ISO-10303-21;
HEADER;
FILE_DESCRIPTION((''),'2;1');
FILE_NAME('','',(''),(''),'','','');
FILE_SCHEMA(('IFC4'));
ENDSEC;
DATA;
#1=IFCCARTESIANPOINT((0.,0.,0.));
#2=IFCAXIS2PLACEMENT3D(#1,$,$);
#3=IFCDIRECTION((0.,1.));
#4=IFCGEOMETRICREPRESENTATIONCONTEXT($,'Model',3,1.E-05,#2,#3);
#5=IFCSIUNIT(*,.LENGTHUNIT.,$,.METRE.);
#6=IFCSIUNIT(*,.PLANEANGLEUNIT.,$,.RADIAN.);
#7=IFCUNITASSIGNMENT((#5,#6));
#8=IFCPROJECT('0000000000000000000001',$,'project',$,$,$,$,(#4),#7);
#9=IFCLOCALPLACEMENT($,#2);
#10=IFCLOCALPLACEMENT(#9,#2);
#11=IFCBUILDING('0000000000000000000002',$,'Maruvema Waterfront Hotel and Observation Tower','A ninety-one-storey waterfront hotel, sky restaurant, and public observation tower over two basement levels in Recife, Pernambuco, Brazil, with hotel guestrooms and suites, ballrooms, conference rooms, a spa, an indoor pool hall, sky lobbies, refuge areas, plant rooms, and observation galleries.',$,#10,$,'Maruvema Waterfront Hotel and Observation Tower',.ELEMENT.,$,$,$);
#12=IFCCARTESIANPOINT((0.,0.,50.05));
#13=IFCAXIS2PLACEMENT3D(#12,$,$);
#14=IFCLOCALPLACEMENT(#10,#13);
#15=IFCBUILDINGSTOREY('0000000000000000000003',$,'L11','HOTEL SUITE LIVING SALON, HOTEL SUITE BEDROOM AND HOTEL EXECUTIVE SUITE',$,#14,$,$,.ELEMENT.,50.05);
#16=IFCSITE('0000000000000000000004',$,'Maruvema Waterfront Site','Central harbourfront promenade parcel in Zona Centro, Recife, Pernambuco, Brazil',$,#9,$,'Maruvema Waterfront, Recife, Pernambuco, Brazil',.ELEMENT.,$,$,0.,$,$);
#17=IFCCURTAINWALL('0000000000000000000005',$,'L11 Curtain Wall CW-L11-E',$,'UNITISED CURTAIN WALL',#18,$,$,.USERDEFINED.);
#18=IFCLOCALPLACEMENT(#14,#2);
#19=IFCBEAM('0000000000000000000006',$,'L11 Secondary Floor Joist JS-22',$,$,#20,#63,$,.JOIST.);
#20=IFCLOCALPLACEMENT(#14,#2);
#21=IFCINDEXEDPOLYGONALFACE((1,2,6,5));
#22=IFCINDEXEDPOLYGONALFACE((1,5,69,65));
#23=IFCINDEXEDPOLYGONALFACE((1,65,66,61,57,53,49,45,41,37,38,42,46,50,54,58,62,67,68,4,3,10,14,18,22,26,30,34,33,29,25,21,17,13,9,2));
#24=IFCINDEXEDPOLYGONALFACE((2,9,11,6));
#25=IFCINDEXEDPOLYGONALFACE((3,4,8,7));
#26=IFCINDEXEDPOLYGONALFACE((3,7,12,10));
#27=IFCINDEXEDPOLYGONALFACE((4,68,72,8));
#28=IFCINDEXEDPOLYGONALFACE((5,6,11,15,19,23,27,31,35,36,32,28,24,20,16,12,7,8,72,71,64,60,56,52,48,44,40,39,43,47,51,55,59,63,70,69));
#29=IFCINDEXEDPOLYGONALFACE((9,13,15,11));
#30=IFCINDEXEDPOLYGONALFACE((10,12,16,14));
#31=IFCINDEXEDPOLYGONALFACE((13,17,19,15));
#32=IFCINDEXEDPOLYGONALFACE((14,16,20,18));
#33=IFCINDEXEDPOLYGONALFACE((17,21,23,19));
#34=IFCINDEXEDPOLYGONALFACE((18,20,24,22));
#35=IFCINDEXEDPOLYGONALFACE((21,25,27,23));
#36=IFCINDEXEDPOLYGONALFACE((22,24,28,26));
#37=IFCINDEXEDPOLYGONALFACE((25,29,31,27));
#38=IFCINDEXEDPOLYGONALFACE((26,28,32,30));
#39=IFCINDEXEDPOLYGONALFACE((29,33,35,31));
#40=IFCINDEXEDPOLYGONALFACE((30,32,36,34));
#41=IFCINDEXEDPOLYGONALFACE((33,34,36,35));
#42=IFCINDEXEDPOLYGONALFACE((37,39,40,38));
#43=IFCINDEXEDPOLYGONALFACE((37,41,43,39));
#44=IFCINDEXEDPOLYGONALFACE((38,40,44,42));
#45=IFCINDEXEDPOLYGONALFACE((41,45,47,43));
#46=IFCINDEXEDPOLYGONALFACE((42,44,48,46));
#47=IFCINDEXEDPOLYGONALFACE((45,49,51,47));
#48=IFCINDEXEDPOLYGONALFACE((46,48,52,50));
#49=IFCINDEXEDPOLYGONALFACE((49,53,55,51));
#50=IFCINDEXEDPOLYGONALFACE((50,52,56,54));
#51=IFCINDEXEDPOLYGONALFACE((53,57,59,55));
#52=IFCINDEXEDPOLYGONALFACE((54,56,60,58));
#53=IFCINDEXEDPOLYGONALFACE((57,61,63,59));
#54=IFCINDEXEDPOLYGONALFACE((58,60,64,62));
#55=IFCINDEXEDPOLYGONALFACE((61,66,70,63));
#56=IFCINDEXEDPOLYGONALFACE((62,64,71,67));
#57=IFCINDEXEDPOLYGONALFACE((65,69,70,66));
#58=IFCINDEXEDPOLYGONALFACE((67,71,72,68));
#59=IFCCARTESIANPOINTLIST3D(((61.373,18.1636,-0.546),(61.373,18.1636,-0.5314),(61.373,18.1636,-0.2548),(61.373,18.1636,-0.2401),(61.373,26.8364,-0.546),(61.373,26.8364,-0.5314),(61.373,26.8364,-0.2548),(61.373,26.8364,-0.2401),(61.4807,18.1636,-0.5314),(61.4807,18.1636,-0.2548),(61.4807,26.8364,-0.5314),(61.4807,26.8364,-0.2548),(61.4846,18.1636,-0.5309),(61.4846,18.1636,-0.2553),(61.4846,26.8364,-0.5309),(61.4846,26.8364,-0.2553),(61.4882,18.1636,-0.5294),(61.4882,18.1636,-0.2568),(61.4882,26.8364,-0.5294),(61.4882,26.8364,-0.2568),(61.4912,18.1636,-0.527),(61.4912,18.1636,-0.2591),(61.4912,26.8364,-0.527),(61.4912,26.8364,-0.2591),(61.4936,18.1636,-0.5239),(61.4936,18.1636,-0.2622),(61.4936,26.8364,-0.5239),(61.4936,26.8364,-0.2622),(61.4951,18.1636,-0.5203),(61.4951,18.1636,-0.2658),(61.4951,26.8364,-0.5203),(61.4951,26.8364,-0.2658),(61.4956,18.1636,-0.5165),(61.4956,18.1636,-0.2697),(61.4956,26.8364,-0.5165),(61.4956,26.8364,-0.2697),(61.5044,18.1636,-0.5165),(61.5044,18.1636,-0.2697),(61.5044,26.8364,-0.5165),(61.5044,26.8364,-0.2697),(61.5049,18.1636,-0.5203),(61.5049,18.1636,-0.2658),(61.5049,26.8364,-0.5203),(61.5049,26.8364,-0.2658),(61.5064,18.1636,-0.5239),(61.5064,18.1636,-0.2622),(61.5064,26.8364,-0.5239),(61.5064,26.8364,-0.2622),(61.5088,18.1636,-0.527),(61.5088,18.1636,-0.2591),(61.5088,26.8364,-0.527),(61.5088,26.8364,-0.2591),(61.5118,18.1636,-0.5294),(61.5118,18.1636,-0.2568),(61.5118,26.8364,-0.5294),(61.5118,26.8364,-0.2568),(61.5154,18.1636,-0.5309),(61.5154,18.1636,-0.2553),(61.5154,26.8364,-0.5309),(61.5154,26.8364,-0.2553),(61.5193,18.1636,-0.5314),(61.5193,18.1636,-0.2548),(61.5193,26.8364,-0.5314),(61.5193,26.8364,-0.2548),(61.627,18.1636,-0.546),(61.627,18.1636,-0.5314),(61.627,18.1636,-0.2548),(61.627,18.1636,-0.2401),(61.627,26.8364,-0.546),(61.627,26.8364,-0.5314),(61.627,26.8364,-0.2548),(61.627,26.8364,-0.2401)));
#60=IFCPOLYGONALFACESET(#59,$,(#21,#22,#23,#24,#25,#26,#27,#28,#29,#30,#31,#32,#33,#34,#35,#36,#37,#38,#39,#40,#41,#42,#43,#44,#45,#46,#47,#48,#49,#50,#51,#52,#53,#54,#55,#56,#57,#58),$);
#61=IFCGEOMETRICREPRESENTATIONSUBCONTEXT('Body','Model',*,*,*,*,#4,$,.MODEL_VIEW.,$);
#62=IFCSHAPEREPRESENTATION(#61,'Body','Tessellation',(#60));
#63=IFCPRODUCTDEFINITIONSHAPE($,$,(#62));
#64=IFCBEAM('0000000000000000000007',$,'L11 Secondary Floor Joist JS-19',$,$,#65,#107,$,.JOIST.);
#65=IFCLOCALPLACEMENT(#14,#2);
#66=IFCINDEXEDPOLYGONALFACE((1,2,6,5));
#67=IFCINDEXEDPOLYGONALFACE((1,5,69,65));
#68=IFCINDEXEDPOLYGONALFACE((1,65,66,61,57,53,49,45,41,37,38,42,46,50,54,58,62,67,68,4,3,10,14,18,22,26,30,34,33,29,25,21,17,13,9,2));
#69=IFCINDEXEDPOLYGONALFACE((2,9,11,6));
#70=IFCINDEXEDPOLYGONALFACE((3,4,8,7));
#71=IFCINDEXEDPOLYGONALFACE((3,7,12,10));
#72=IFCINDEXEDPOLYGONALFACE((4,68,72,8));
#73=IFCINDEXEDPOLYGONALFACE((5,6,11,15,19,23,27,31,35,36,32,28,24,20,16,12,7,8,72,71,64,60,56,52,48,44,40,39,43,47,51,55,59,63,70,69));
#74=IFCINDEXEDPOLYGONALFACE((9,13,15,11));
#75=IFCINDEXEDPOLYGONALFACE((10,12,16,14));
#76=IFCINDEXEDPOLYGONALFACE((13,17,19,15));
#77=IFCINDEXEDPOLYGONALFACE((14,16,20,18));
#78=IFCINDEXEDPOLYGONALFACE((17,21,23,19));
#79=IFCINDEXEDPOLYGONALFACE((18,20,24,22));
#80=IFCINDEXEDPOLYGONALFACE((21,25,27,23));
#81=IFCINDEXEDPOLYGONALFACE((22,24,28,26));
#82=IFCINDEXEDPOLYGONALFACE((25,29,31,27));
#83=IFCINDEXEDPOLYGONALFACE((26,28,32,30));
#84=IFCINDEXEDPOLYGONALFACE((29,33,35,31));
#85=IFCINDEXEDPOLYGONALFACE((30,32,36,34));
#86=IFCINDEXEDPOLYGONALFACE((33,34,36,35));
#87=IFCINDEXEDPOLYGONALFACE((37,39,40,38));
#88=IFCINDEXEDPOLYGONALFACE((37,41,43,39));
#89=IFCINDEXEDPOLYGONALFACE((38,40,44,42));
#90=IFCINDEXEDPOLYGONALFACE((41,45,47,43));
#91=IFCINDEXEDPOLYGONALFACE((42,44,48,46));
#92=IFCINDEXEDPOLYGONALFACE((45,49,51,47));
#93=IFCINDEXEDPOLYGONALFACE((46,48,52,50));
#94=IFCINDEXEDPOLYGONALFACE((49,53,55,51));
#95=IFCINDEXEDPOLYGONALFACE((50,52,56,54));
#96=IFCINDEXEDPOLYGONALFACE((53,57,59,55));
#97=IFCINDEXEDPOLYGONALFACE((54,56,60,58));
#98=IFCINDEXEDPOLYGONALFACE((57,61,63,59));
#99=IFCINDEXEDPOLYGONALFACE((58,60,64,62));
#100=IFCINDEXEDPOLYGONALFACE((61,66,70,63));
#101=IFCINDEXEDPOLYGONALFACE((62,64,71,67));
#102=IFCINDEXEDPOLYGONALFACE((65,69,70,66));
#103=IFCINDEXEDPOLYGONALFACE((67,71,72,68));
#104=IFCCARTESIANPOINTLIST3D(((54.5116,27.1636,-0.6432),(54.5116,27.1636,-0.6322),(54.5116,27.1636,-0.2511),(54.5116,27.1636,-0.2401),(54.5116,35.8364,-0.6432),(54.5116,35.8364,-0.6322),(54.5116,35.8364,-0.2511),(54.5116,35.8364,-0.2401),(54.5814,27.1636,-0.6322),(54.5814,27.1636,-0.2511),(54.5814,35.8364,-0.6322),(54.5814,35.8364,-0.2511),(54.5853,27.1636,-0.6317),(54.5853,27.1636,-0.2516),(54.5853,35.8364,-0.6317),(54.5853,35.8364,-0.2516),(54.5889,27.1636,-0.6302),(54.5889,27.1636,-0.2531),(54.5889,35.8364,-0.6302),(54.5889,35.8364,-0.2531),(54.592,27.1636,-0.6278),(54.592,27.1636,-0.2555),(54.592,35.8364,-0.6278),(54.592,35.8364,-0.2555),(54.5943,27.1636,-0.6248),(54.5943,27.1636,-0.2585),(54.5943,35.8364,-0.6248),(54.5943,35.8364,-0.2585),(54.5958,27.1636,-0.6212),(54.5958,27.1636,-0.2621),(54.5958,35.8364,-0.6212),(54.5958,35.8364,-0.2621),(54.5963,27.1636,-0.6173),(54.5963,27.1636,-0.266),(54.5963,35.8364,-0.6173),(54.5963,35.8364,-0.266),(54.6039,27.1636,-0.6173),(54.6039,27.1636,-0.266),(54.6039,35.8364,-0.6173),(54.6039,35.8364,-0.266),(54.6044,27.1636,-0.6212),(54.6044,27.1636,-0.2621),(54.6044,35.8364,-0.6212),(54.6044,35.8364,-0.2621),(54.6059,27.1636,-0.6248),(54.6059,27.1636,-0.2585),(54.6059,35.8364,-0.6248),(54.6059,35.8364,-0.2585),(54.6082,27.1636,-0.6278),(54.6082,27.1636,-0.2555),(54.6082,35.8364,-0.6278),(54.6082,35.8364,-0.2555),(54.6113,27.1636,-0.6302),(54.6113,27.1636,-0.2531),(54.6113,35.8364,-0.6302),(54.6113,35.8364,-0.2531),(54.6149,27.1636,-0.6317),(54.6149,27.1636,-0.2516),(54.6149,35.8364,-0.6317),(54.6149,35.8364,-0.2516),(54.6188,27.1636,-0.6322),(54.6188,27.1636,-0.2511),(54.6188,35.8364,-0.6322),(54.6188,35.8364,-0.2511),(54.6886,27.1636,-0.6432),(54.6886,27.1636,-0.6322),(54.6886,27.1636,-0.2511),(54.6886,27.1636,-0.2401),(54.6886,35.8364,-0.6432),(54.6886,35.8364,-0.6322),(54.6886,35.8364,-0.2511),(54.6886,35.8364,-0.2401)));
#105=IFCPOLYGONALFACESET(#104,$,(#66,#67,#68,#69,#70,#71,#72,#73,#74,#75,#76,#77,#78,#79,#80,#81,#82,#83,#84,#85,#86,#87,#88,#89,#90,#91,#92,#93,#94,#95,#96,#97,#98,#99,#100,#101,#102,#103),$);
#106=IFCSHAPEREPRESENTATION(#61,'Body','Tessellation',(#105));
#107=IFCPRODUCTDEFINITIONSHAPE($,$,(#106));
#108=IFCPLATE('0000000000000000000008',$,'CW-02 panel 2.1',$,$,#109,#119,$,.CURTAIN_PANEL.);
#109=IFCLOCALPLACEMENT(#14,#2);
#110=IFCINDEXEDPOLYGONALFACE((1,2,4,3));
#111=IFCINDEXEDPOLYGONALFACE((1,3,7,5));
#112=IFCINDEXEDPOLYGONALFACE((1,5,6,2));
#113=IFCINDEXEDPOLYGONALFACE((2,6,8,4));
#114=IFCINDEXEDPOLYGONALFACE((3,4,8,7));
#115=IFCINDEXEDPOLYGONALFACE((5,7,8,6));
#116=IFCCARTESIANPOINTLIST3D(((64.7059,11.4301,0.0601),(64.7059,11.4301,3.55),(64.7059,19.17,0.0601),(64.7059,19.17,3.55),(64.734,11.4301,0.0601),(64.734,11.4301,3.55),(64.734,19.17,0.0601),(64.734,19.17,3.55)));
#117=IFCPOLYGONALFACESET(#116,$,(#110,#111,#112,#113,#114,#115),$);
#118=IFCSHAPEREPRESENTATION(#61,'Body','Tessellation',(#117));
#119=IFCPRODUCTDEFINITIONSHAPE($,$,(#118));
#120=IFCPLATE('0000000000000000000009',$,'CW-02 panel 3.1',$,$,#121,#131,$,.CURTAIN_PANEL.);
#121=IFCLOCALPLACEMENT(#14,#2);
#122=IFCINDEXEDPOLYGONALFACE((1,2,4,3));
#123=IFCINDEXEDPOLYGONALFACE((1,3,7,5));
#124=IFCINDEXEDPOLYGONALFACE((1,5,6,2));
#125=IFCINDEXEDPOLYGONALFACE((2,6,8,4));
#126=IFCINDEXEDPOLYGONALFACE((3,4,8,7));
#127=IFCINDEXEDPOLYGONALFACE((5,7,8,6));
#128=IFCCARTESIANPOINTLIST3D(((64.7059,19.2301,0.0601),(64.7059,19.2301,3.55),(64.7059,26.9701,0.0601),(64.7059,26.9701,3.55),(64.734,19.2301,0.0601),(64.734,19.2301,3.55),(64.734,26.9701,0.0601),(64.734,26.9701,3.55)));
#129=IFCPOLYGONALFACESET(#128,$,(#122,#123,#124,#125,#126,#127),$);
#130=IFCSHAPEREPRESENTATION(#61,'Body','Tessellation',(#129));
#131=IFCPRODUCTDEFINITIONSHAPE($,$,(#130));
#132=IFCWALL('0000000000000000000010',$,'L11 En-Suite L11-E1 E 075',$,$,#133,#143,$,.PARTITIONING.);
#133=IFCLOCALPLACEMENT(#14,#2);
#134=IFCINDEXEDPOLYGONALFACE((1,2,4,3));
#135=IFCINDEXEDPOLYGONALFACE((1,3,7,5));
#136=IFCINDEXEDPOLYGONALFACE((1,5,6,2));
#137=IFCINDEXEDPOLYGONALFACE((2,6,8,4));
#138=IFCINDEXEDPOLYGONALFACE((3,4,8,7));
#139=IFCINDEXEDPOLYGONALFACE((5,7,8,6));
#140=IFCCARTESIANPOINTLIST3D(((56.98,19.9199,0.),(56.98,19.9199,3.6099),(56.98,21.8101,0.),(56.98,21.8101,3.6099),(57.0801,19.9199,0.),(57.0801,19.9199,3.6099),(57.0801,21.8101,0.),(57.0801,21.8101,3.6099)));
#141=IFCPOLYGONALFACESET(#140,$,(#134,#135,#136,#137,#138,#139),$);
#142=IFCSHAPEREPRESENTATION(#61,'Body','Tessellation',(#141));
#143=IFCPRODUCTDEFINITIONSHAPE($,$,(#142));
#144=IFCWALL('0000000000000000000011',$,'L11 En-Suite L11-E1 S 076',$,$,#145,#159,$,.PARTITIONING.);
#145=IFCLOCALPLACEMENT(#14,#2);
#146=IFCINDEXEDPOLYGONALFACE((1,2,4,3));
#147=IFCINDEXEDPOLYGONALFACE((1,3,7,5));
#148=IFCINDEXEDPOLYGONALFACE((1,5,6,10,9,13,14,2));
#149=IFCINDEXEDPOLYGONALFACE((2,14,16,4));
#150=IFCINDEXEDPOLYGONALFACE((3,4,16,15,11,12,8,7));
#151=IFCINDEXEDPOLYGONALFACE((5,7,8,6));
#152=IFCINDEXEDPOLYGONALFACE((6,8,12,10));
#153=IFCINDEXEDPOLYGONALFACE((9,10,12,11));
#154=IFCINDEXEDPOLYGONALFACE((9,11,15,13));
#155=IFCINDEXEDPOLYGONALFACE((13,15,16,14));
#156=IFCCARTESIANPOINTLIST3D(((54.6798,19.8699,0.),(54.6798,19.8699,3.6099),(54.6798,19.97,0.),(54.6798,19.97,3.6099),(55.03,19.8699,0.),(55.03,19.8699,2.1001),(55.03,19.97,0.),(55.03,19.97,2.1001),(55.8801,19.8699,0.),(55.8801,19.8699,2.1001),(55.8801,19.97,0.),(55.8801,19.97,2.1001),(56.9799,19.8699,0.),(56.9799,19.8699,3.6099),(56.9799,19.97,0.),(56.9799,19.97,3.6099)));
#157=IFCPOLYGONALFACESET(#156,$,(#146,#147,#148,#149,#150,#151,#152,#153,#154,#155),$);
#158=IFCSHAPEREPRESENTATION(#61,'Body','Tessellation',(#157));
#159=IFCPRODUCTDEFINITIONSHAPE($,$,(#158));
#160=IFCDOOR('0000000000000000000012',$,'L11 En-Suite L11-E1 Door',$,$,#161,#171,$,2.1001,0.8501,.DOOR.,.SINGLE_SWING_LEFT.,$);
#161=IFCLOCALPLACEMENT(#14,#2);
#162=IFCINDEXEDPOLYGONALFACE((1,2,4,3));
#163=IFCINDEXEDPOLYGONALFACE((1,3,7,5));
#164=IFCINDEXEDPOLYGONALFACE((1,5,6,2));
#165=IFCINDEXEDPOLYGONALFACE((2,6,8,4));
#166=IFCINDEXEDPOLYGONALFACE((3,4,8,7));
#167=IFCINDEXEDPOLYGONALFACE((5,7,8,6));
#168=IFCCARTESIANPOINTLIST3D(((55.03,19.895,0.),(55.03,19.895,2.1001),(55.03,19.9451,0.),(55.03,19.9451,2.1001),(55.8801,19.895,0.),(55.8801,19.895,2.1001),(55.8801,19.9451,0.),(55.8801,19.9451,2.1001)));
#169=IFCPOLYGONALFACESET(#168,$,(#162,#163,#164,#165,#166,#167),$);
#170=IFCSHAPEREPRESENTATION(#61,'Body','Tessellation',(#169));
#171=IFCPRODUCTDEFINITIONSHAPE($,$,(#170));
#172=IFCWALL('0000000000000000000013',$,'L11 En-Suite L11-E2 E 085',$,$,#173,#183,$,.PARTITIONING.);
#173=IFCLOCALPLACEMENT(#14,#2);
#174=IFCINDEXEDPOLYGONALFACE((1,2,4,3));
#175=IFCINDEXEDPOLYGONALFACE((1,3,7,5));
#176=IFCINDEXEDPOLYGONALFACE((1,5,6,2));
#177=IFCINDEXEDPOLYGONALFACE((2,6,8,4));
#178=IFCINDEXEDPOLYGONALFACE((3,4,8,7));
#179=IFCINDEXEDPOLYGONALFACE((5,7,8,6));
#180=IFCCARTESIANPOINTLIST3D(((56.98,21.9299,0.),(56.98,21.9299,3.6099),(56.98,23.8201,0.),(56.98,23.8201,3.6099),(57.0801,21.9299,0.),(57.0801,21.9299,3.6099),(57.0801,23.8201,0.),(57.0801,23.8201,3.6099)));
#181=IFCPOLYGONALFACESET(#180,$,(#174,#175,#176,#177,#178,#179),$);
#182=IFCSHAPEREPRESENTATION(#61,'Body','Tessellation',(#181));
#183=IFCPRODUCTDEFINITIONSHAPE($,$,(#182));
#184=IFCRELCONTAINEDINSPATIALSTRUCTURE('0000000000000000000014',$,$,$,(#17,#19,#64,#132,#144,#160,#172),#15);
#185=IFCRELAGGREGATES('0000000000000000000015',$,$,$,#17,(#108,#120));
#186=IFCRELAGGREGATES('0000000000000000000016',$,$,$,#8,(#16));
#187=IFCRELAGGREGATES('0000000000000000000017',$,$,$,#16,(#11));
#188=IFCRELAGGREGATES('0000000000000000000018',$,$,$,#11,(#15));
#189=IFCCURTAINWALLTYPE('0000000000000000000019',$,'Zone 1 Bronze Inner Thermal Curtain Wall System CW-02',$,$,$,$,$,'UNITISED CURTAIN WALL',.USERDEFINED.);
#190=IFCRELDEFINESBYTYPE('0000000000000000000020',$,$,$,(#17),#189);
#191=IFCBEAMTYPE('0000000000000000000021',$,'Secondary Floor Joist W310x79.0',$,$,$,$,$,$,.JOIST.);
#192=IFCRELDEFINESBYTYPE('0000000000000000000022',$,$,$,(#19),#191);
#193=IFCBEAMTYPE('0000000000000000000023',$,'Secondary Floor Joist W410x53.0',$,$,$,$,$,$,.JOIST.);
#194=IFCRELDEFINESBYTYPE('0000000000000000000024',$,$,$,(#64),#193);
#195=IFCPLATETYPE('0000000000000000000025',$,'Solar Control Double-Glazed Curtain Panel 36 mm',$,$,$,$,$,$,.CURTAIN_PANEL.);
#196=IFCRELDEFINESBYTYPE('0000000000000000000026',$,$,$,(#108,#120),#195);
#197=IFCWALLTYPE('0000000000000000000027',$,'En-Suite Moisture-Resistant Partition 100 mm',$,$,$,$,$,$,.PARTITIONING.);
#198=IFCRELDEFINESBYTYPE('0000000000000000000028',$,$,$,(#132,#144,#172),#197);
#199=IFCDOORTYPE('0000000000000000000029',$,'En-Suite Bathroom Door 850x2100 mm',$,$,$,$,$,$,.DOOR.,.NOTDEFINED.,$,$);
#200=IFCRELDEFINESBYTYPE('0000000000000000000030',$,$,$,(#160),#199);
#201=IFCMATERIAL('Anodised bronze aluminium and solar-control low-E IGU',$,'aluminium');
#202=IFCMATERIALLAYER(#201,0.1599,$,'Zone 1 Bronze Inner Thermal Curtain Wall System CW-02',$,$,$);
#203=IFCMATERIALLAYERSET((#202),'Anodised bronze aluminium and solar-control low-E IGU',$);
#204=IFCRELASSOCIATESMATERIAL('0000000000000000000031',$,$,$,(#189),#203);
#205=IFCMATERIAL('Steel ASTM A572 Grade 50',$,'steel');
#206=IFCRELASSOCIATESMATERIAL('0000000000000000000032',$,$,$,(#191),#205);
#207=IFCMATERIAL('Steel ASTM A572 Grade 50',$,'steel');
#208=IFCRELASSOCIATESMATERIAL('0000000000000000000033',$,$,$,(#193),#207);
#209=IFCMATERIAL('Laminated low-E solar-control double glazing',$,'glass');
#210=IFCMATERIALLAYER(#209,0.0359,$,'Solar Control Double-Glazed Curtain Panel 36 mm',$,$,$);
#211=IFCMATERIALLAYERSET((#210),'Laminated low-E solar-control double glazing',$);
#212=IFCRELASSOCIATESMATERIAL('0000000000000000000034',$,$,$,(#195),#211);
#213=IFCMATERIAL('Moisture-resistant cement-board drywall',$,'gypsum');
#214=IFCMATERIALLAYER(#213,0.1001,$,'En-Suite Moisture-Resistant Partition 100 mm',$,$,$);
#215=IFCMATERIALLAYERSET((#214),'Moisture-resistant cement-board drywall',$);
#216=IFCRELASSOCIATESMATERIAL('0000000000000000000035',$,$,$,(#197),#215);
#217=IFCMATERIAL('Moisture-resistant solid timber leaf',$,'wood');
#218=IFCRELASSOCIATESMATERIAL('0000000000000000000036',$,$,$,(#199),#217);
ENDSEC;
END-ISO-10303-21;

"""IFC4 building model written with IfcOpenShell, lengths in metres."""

from ifc_helpers import new_model, si_unit, direction, frame, frame_2d, origin, origin_2d, place, context, subcontext, project, spatial, rectangle, i_section, extrude, material, layer, layer_set, material_profile, profile_set, type_object, element, fill, aggregate, save


model = new_model("IFC4")

# Units and contexts
model_context = context("Model", 3, precision=1e-05, world=origin(), true_north=direction((0.0, 1.0)))
body_context = subcontext(model_context, "Body", "Model", "MODEL_VIEW")
ifc_project = project(units=[si_unit("LENGTHUNIT", "METRE"), si_unit("PLANEANGLEUNIT", "RADIAN")], contexts=[model_context])

# Site, building, storey
site_placement = place(None, origin())
site = spatial("IfcSite", under=ifc_project, at=site_placement, Name="Maruvema Waterfront Site", Description="Central harbourfront promenade parcel in Zona Centro, Recife, Pernambuco, Brazil", LongName="Maruvema Waterfront, Recife, Pernambuco, Brazil", CompositionType="ELEMENT", RefElevation=0.0)
building_placement = place(site_placement, origin())
building = spatial("IfcBuilding", under=site, at=building_placement, Name="Maruvema Waterfront Hotel and Observation Tower", Description="A ninety-one-storey waterfront hotel, sky restaurant, and public observation tower over two basement levels in Recife, Pernambuco, Brazil, with hotel guestrooms and suites, ballrooms, conference rooms, a spa, an indoor pool hall, sky lobbies, refuge areas, plant rooms, and observation galleries.", LongName="Maruvema Waterfront Hotel and Observation Tower", CompositionType="ELEMENT")
storey_placement = place(building_placement, frame((0.0, 0.0, 50.05)))
storey = spatial("IfcBuildingStorey", under=building, at=storey_placement, Name="L11", Description="HOTEL SUITE LIVING SALON, HOTEL SUITE BEDROOM AND HOTEL EXECUTIVE SUITE", CompositionType="ELEMENT", Elevation=50.05)

# Curtain wall
ifc_material_1 = material(Name="Anodised bronze aluminium and solar-control low-E IGU", Category="aluminium")
ifc_layer_1 = layer(ifc_material_1, 0.1599, Name="Zone 1 Bronze Inner Thermal Curtain Wall System CW-02")
ifc_layer_set_1 = layer_set([ifc_layer_1], Name="Anodised bronze aluminium and solar-control low-E IGU")
curtain_wall_type = type_object("IfcCurtainWallType", Name="Zone 1 Bronze Inner Thermal Curtain Wall System CW-02", ElementType="UNITISED CURTAIN WALL", PredefinedType="USERDEFINED", material=ifc_layer_set_1)
curtain_wall_placement = place(storey_placement, origin())
curtain_wall = element("IfcCurtainWall", 1, at=curtain_wall_placement, inside=storey, type_object=curtain_wall_type, Name="L11 Curtain Wall CW-L11-E", ObjectType="UNITISED CURTAIN WALL", PredefinedType="USERDEFINED")

# Beams
ifc_material_2 = material(Name="Steel ASTM A572 Grade 50", Category="steel")
ifc_material_profile_1 = material_profile(ifc_material_2, i_section(OverallWidth=0.2539, OverallDepth=0.3059, WebThickness=0.0088, FlangeThickness=0.0146, FilletRadius=0.0149, at=origin_2d()), Name="W310x79.0")
ifc_profile_set_1 = profile_set([ifc_material_profile_1], Name="Steel ASTM A572 Grade 50")
beam_type_1 = type_object("IfcBeamType", Name="Secondary Floor Joist W310x79.0", PredefinedType="JOIST", material=ifc_profile_set_1)
beam_1_placement = place(storey_placement, frame((61.5, 18.1636, -0.3931), z_axis=(0.0, 1.0, 0.0), x_axis=(-1.0, 0.0, 0.0)))
element("IfcBeam", 2, at=beam_1_placement, inside=storey, type_object=beam_type_1, Name="L11 Secondary Floor Joist JS-22", PredefinedType="JOIST", context=body_context, shape_type="SweptSolid", body=[
    extrude(i_section(OverallWidth=0.2539, OverallDepth=0.3059, WebThickness=0.0088, FlangeThickness=0.0146, FilletRadius=0.0149, at=origin_2d()), origin(), (0.0, 0.0, 1.0), 8.6729),
])
ifc_material_3 = material(Name="Steel ASTM A572 Grade 50", Category="steel")
ifc_material_profile_2 = material_profile(ifc_material_3, i_section(OverallWidth=0.177, OverallDepth=0.4031, WebThickness=0.0076, FlangeThickness=0.011, FilletRadius=0.0149, at=origin_2d()), Name="W410x53.0")
ifc_profile_set_2 = profile_set([ifc_material_profile_2], Name="Steel ASTM A572 Grade 50")
beam_type_2 = type_object("IfcBeamType", Name="Secondary Floor Joist W410x53.0", PredefinedType="JOIST", material=ifc_profile_set_2)
beam_2_placement = place(storey_placement, frame((54.6001, 27.1636, -0.4417), z_axis=(0.0, 1.0, 0.0), x_axis=(-1.0, 0.0, 0.0)))
element("IfcBeam", 3, at=beam_2_placement, inside=storey, type_object=beam_type_2, Name="L11 Secondary Floor Joist JS-19", PredefinedType="JOIST", context=body_context, shape_type="SweptSolid", body=[
    extrude(i_section(OverallWidth=0.177, OverallDepth=0.4031, WebThickness=0.0076, FlangeThickness=0.011, FilletRadius=0.0149, at=origin_2d()), origin(), (0.0, 0.0, 1.0), 8.6729),
])

# Plates
ifc_material_4 = material(Name="Laminated low-E solar-control double glazing", Category="glass")
ifc_layer_2 = layer(ifc_material_4, 0.0359, Name="Solar Control Double-Glazed Curtain Panel 36 mm")
ifc_layer_set_2 = layer_set([ifc_layer_2], Name="Laminated low-E solar-control double glazing")
plate_type = type_object("IfcPlateType", Name="Solar Control Double-Glazed Curtain Panel 36 mm", PredefinedType="CURTAIN_PANEL", material=ifc_layer_set_2)
plate_1_placement = place(storey_placement, frame((64.72, 15.3, 0.0601), z_axis=(0.0, 0.0, 1.0), x_axis=(0.0, 1.0, 0.0)))
plate_1 = element("IfcPlate", 4, at=plate_1_placement, type_object=plate_type, Name="CW-02 panel 2.1", PredefinedType="CURTAIN_PANEL", context=body_context, shape_type="SweptSolid", body=[
    extrude(rectangle(XDim=7.74, YDim=0.0281, at=origin_2d()), origin(), (0.0, 0.0, 1.0), 3.49),
])
plate_2_placement = place(storey_placement, frame((64.72, 23.1001, 0.0601), z_axis=(0.0, 0.0, 1.0), x_axis=(0.0, 1.0, 0.0)))
plate_2 = element("IfcPlate", 5, at=plate_2_placement, type_object=plate_type, Name="CW-02 panel 3.1", PredefinedType="CURTAIN_PANEL", context=body_context, shape_type="SweptSolid", body=[
    extrude(rectangle(XDim=7.74, YDim=0.0281, at=origin_2d()), origin(), (0.0, 0.0, 1.0), 3.49),
])
aggregate(curtain_wall, [plate_1, plate_2])

# Wall
ifc_material_5 = material(Name="Moisture-resistant cement-board drywall", Category="gypsum")
ifc_layer_3 = layer(ifc_material_5, 0.1001, Name="En-Suite Moisture-Resistant Partition 100 mm")
ifc_layer_set_3 = layer_set([ifc_layer_3], Name="Moisture-resistant cement-board drywall")
wall_type = type_object("IfcWallType", Name="En-Suite Moisture-Resistant Partition 100 mm", PredefinedType="PARTITIONING", material=ifc_layer_set_3)
wall_1_placement = place(storey_placement, frame((57.03, 19.9199, 0.0), z_axis=(0.0, 0.0, 1.0), x_axis=(0.0, 1.0, 0.0)))
element("IfcWall", 6, at=wall_1_placement, inside=storey, type_object=wall_type, Name="L11 En-Suite L11-E1 E 075", PredefinedType="PARTITIONING", context=body_context, shape_type="SweptSolid", body=[
    extrude(rectangle(XDim=1.8901, YDim=0.1001, at=frame_2d((0.9451, 0.0))), origin(), (0.0, 0.0, 1.0), 3.6099),
])

# Wall, opening, door
wall_2_placement = place(storey_placement, frame((54.6799, 19.9199, 0.0), z_axis=(0.0, 0.0, 1.0), x_axis=(1.0, 0.0, 0.0)))
wall_2 = element("IfcWall", 7, at=wall_2_placement, inside=storey, type_object=wall_type, Name="L11 En-Suite L11-E1 S 076", PredefinedType="PARTITIONING", context=body_context, shape_type="SweptSolid", body=[
    extrude(rectangle(XDim=2.3, YDim=0.1001, at=frame_2d((1.1499, 0.0))), origin(), (0.0, 0.0, 1.0), 3.6099),
])
opening_1_placement = place(wall_2_placement, frame((0.3501, 0.0, 0.0)))
opening_1 = element("IfcOpeningElement", 8, at=opening_1_placement, cuts=wall_2, PredefinedType="OPENING", context=body_context, shape_type="SweptSolid", body=[
    extrude(rectangle(XDim=0.8501, YDim=2.1001, at=frame_2d((0.425, 1.05))), frame((0.0, 0.0601, 0.0), z_axis=(0.0, -1.0, 0.0), x_axis=(1.0, 0.0, 0.0)), (0.0, 0.0, 1.0), 0.1201),
])
ifc_material_6 = material(Name="Moisture-resistant solid timber leaf", Category="wood")
door_type = type_object("IfcDoorType", Name="En-Suite Bathroom Door 850x2100 mm", OperationType="NOTDEFINED", PredefinedType="DOOR", material=ifc_material_6)
door_1_placement = place(opening_1_placement, frame((0.8501, 0.0, 0.0), z_axis=(0.0, 0.0, 1.0), x_axis=(-1.0, 0.0, 0.0)))
door_1 = element("IfcDoor", 9, at=door_1_placement, inside=storey, type_object=door_type, Name="L11 En-Suite L11-E1 Door", OperationType="SINGLE_SWING_LEFT", OverallHeight=2.1001, OverallWidth=0.8501, PredefinedType="DOOR", context=body_context, shape_type="SweptSolid", body=[
    extrude(rectangle(XDim=0.8501, YDim=2.1001, at=frame_2d((0.425, 1.05))), frame((0.0, 0.0249, 0.0), z_axis=(0.0, -1.0, 0.0), x_axis=(1.0, 0.0, 0.0)), (0.0, 0.0, 1.0), 0.05),
])
fill(opening_1, door_1)

# Wall
wall_3_placement = place(storey_placement, frame((57.03, 21.9299, 0.0), z_axis=(0.0, 0.0, 1.0), x_axis=(0.0, 1.0, 0.0)))
element("IfcWall", 10, at=wall_3_placement, inside=storey, type_object=wall_type, Name="L11 En-Suite L11-E2 E 085", PredefinedType="PARTITIONING", context=body_context, shape_type="SweptSolid", body=[
    extrude(rectangle(XDim=1.8901, YDim=0.1001, at=frame_2d((0.9451, 0.0))), origin(), (0.0, 0.0, 1.0), 3.6099),
])

save(model, "model.ifc")
